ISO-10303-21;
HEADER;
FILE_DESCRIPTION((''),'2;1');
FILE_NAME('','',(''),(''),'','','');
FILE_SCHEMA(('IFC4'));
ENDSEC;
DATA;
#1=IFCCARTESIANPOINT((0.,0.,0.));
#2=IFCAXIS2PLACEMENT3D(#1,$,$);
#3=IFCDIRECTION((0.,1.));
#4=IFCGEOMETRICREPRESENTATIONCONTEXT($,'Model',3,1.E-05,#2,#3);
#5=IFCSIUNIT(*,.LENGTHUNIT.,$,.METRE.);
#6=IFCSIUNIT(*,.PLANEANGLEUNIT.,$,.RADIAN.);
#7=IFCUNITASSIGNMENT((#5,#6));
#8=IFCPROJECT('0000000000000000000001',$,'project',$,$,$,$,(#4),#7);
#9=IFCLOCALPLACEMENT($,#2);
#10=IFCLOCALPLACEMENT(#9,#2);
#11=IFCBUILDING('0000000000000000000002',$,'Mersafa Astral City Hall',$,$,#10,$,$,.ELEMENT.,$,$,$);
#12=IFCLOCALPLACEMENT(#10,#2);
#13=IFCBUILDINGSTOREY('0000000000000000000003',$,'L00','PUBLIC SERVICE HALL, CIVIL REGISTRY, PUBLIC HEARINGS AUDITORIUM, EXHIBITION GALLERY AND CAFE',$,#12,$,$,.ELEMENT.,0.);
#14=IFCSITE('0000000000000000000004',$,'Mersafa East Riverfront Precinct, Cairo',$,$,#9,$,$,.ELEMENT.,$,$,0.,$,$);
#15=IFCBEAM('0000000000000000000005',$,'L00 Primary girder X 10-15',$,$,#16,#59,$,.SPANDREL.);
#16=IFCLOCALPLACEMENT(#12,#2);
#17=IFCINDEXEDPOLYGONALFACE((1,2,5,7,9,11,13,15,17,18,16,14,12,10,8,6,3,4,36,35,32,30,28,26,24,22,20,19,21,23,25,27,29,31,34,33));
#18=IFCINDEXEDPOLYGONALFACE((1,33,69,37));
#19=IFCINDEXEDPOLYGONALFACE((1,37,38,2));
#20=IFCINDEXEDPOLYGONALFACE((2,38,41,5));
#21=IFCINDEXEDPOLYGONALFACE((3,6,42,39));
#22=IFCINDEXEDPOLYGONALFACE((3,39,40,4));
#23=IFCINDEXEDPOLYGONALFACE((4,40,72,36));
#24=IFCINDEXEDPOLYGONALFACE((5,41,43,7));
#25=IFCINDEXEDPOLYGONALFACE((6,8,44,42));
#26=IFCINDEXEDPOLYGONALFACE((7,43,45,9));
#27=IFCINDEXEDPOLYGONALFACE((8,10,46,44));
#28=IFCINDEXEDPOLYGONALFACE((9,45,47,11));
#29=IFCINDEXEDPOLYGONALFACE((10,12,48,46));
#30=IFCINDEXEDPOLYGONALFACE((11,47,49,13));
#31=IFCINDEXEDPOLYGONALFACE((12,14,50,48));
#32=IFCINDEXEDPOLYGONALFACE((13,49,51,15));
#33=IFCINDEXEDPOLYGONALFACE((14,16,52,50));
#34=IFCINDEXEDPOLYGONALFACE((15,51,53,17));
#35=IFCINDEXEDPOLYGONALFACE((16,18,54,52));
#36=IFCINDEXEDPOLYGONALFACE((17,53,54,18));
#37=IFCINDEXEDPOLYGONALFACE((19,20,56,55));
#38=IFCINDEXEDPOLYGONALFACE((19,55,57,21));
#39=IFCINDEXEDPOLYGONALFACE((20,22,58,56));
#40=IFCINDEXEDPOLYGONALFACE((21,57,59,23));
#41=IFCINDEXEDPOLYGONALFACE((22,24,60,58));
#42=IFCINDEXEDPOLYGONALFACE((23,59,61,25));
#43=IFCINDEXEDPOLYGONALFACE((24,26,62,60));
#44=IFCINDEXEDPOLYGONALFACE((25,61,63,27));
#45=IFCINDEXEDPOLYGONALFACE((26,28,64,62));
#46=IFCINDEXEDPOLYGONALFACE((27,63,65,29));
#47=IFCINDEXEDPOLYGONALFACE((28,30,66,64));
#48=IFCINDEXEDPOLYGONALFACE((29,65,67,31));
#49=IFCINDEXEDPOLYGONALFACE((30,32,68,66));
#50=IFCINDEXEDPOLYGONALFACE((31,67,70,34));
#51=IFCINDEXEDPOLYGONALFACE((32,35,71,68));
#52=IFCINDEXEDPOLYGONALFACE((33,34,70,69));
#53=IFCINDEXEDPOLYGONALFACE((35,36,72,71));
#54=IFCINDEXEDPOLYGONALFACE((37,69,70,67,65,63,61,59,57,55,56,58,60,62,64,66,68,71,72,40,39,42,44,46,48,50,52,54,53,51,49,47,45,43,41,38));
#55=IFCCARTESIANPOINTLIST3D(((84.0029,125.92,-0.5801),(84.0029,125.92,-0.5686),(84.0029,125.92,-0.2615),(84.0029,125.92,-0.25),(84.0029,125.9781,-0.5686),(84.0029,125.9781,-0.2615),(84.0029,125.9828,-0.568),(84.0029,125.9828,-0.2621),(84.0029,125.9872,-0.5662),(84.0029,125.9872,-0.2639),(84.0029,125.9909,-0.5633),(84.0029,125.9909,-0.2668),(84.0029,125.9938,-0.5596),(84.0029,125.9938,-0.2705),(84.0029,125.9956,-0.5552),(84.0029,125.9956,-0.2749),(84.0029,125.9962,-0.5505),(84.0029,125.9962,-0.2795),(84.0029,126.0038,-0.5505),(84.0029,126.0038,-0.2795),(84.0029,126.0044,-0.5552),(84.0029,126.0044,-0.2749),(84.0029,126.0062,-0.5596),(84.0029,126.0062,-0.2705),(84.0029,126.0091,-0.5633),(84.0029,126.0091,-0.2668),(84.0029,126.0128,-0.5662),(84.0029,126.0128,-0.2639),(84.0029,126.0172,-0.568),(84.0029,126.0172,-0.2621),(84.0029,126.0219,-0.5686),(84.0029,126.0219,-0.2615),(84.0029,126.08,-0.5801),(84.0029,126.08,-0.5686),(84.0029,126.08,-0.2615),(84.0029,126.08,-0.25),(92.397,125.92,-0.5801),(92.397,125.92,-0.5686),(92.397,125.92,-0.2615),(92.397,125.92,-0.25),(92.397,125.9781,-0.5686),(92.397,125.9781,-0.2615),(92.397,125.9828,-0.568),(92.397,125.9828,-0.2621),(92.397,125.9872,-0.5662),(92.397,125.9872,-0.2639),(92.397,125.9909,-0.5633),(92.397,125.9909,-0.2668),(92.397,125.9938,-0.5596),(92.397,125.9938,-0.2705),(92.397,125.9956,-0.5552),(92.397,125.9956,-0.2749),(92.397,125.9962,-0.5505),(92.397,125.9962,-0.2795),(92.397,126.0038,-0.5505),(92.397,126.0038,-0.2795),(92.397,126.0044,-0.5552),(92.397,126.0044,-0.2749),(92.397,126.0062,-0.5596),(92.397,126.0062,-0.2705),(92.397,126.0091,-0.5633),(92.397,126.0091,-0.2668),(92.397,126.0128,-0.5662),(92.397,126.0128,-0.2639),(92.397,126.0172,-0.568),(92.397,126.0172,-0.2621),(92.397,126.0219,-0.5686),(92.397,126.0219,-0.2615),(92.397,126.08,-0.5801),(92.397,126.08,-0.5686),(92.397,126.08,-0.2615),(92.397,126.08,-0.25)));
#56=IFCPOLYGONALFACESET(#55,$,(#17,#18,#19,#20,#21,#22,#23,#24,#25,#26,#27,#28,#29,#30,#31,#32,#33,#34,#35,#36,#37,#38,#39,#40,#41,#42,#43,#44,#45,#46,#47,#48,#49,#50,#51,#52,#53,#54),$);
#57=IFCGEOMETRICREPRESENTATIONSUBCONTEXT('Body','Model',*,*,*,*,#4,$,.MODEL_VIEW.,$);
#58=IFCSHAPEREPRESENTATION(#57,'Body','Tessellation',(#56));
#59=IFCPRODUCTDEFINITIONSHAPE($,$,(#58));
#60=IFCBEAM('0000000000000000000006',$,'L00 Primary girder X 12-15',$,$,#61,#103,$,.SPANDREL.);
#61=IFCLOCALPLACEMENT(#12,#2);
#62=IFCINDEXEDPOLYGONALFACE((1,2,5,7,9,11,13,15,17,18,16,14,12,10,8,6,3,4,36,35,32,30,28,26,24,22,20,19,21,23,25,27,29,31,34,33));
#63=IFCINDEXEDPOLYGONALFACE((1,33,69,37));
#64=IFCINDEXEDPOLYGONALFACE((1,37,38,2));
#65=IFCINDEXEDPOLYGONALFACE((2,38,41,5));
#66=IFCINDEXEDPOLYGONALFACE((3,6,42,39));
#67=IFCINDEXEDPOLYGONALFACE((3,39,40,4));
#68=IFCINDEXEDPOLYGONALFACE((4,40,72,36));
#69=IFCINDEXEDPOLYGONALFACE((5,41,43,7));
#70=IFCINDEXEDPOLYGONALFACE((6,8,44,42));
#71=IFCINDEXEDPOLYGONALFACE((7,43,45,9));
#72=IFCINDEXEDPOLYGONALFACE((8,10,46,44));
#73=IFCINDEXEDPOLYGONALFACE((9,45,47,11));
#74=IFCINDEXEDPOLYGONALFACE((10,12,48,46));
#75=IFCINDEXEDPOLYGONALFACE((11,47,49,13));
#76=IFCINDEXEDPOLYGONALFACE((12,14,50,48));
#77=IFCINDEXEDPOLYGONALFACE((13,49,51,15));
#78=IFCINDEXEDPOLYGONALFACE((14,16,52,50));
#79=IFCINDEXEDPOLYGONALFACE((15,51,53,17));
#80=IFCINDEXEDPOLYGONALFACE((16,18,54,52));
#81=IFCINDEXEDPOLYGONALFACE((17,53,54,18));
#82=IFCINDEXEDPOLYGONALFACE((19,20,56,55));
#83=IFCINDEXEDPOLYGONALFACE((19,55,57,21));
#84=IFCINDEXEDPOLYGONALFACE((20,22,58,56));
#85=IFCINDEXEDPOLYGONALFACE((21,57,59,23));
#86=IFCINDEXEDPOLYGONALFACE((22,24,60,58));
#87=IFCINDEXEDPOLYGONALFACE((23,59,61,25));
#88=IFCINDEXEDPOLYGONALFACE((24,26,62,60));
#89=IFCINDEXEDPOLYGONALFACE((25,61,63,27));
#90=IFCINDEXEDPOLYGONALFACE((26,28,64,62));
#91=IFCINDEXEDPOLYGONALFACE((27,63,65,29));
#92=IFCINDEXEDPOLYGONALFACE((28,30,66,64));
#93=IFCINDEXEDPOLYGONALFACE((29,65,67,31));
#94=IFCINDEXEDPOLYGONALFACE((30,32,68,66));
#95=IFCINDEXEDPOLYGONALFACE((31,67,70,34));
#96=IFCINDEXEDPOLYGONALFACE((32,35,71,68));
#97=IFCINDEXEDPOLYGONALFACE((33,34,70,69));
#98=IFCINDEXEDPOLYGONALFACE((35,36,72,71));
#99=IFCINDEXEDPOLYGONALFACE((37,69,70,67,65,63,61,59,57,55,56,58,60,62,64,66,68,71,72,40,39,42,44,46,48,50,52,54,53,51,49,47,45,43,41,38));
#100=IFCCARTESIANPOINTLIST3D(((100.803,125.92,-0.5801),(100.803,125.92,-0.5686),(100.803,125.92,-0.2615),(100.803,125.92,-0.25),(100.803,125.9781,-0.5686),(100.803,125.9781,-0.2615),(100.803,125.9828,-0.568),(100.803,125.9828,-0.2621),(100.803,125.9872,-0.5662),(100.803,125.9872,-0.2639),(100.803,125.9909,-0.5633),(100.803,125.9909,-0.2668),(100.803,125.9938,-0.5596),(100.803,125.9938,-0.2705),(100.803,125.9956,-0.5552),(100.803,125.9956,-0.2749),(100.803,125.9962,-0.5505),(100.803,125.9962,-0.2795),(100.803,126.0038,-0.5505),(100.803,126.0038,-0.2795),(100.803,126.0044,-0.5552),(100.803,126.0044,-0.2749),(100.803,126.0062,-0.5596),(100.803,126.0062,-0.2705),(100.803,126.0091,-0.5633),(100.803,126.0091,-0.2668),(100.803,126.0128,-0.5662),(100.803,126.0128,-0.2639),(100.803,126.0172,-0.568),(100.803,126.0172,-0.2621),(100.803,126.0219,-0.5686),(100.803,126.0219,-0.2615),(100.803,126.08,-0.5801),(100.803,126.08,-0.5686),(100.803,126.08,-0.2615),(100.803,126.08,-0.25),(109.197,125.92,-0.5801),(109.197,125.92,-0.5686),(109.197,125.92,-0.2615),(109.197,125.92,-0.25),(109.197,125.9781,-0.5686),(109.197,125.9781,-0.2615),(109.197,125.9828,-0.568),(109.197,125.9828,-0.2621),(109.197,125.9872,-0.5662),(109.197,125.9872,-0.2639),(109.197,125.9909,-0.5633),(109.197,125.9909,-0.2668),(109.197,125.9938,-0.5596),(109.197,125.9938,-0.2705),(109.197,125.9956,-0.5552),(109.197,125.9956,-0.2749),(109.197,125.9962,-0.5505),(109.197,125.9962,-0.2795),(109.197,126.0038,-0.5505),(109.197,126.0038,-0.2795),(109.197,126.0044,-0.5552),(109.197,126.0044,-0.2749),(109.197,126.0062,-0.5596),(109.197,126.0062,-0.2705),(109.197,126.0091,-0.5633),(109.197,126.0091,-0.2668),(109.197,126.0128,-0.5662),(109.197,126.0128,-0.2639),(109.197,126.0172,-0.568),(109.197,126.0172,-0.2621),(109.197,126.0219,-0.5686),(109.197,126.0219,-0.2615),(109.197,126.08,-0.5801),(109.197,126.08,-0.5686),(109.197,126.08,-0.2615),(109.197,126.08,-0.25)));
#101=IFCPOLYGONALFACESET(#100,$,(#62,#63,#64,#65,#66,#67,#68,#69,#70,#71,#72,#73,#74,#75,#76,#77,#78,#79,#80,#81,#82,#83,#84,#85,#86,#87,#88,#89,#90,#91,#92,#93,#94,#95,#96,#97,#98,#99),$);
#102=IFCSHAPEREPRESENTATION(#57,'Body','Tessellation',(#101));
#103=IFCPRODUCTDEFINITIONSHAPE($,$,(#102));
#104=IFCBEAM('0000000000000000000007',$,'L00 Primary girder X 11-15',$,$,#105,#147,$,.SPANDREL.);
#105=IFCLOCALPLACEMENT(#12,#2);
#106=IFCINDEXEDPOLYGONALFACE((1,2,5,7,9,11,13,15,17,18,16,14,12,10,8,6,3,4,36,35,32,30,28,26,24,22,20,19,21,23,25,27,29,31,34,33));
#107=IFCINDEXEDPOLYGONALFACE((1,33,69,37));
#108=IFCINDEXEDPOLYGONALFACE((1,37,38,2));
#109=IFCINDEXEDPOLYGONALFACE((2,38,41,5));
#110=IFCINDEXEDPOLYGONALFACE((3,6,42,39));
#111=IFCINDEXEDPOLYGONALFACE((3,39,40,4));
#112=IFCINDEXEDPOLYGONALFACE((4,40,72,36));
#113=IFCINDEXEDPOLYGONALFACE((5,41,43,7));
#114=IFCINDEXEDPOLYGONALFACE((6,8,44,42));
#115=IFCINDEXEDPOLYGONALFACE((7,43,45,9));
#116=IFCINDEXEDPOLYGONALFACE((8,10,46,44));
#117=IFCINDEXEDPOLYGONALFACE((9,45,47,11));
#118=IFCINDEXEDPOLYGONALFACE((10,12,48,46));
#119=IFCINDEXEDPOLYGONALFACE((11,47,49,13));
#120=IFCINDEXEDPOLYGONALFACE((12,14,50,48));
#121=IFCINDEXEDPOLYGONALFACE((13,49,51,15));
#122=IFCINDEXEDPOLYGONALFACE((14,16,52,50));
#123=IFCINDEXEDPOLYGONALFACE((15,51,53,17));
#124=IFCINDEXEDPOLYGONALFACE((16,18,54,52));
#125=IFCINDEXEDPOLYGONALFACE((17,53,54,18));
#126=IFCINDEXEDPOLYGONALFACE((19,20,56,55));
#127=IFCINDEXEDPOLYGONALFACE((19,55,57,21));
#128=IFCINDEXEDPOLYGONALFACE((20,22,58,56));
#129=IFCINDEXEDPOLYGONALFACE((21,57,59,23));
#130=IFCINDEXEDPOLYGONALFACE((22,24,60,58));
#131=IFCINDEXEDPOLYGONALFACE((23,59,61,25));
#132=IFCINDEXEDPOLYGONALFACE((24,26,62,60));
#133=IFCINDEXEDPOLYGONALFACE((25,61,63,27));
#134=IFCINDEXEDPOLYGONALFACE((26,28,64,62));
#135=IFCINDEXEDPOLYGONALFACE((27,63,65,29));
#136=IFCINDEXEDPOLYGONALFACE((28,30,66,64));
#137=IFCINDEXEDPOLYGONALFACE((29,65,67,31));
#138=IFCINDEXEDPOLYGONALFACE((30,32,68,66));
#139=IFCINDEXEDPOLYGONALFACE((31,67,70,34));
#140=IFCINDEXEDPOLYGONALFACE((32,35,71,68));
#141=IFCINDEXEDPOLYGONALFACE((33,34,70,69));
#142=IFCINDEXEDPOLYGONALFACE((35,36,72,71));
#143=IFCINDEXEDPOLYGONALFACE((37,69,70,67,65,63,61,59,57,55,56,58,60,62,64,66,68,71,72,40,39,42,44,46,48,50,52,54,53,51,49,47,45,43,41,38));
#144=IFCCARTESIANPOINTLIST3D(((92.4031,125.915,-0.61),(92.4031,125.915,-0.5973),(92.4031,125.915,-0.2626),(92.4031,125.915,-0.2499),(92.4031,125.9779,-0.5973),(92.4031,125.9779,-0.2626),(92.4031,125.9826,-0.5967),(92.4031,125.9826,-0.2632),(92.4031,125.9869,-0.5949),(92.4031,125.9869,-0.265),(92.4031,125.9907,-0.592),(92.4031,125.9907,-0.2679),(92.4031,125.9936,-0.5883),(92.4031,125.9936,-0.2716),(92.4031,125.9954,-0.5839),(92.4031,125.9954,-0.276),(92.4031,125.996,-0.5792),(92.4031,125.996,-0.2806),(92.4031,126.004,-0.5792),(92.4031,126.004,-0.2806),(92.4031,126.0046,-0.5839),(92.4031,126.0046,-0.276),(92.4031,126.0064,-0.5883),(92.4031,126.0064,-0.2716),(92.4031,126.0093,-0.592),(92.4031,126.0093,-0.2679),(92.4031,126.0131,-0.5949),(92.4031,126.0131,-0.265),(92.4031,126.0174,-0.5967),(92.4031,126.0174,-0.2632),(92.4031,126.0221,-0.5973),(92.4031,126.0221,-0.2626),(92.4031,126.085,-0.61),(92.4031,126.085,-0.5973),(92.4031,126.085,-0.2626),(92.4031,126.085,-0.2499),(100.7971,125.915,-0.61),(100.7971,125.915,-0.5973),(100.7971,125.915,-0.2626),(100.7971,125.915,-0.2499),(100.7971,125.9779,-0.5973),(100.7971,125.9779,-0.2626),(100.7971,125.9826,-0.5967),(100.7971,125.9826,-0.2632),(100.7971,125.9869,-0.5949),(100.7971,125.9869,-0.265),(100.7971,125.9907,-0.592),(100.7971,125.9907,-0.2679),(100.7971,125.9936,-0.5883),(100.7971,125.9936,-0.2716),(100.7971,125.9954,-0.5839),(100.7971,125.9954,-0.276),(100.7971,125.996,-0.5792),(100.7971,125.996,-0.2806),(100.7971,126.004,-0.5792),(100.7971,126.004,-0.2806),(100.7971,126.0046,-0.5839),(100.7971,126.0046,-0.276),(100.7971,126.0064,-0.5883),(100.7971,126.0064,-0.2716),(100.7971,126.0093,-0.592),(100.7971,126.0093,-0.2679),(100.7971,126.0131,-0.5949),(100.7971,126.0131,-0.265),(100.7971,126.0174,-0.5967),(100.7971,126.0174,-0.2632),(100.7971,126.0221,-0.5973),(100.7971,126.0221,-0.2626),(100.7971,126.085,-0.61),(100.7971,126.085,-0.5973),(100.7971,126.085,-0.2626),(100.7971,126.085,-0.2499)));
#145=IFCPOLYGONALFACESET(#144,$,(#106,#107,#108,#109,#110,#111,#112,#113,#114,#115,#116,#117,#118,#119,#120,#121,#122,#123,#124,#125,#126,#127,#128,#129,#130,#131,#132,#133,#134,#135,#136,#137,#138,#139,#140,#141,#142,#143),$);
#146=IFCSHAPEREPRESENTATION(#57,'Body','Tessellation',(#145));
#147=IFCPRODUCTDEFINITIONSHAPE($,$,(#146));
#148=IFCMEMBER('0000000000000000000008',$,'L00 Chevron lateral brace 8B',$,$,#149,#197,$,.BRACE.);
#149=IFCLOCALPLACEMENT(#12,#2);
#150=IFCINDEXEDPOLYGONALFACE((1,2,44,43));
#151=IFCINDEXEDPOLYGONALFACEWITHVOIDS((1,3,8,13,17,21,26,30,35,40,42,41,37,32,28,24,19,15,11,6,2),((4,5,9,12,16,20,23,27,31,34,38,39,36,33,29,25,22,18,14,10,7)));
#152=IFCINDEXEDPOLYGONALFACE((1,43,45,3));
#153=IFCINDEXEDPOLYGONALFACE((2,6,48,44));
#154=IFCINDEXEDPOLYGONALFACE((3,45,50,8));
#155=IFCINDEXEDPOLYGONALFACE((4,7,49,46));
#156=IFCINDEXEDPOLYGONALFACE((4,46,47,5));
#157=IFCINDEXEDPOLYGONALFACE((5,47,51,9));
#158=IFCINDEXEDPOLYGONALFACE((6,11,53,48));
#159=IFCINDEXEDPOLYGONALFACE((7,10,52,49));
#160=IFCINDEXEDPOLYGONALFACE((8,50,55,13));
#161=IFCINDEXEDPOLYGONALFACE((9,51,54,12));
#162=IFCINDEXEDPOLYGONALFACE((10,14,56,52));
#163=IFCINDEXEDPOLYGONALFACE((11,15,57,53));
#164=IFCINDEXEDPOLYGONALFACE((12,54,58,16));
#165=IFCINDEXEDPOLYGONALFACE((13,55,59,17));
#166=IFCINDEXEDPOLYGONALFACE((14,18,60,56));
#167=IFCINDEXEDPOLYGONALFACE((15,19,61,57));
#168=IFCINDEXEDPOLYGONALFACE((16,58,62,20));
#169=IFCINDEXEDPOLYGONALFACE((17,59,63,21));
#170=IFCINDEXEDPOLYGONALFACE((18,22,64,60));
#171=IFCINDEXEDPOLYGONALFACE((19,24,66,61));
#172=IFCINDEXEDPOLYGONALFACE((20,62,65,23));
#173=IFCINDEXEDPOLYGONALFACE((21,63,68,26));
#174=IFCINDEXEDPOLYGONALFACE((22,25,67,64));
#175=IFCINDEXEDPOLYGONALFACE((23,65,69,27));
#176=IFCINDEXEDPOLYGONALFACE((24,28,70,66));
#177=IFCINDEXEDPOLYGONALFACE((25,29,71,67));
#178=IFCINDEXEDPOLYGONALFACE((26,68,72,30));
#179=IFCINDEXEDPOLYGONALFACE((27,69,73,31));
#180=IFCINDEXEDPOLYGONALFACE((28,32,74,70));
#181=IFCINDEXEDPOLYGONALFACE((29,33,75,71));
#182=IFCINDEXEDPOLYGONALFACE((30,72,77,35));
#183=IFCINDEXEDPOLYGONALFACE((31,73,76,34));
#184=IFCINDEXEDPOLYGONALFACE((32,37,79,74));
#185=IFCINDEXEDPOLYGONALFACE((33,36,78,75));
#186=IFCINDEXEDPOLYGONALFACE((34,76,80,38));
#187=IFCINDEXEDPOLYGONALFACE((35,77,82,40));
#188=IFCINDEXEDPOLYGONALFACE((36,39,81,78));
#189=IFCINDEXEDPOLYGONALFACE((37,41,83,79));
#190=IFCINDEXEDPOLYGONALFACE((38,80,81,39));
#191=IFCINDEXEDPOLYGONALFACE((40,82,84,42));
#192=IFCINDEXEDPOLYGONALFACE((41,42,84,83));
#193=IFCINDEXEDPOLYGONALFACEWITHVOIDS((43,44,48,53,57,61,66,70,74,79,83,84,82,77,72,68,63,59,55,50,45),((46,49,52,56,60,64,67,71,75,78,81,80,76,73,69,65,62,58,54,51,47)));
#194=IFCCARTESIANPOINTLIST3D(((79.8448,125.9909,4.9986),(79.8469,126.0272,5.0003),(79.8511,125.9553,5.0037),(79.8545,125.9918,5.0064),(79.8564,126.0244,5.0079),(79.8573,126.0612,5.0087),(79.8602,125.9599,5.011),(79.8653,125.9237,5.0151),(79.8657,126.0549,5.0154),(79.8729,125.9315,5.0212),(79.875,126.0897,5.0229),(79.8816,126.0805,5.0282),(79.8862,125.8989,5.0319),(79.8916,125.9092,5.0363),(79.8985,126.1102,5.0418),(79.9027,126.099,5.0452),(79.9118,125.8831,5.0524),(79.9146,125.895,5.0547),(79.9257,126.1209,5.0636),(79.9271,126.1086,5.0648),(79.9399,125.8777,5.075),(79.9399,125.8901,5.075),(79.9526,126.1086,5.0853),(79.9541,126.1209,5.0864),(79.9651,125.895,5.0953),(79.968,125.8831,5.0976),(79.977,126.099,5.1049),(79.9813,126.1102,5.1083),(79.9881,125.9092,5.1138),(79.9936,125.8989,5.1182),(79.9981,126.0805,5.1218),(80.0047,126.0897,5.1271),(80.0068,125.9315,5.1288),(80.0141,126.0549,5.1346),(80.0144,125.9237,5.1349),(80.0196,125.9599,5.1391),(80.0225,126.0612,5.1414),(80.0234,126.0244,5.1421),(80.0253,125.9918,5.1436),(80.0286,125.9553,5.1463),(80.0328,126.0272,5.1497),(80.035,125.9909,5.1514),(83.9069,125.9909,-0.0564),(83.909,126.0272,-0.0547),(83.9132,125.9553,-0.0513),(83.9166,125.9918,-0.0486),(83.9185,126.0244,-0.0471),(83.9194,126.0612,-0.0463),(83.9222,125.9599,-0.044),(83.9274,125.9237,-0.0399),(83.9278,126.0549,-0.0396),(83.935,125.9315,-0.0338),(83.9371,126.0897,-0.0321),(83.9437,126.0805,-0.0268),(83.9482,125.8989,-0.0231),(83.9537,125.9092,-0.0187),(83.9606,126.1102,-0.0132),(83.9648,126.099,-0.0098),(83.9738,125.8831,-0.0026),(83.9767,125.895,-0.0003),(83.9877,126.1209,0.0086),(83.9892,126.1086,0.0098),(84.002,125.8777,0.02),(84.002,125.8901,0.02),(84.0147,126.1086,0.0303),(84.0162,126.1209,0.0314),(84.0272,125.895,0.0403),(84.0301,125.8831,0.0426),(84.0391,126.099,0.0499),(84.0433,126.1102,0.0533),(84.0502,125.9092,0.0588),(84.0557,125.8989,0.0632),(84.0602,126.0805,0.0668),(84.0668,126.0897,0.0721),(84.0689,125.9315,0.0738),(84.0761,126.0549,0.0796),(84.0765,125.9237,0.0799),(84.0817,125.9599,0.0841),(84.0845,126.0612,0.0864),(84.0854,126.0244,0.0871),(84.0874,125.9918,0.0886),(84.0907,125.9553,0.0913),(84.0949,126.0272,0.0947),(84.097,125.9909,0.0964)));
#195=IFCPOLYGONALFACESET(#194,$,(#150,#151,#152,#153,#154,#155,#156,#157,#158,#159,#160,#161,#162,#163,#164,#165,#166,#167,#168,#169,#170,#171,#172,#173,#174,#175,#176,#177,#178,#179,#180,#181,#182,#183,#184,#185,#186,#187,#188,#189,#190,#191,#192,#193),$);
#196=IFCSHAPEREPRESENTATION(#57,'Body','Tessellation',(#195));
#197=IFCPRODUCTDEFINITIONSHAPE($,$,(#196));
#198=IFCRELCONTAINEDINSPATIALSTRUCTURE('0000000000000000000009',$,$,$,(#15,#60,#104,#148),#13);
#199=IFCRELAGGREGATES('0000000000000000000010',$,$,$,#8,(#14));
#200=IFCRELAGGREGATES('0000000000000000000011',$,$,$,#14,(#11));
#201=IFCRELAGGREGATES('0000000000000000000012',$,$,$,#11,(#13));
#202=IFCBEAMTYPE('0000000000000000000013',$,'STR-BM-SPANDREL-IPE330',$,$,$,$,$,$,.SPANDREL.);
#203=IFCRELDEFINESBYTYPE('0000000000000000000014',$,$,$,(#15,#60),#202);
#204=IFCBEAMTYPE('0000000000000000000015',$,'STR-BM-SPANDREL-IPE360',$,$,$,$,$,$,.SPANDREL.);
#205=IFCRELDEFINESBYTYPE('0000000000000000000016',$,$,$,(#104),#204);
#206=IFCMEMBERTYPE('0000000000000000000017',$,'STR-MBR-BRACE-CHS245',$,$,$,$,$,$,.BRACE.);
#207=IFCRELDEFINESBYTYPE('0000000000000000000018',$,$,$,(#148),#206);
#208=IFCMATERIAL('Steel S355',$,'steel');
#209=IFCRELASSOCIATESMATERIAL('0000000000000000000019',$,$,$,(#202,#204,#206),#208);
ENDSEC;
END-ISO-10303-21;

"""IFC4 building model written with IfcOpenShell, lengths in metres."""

from ifc_helpers import new_model, si_unit, direction, frame, origin, origin_2d, place, context, subcontext, project, spatial, hollow_circle, i_section, extrude, material, material_profile, profile_set, type_object, element, save


model = new_model("IFC4")

# Units and contexts
model_context = context("Model", 3, precision=1e-05, world=origin(), true_north=direction((0.0, 1.0)))
body_context = subcontext(model_context, "Body", "Model", "MODEL_VIEW")
ifc_project = project(units=[si_unit("LENGTHUNIT", "METRE"), si_unit("PLANEANGLEUNIT", "RADIAN")], contexts=[model_context])

# Site, building, storey
site_placement = place(None, origin())
site = spatial("IfcSite", under=ifc_project, at=site_placement, Name="Mersafa East Riverfront Precinct, Cairo", CompositionType="ELEMENT", RefElevation=0.0)
building_placement = place(site_placement, origin())
building = spatial("IfcBuilding", under=site, at=building_placement, Name="Mersafa Astral City Hall", CompositionType="ELEMENT")
storey_placement = place(building_placement, origin())
storey = spatial("IfcBuildingStorey", under=building, at=storey_placement, Name="L00", Description="PUBLIC SERVICE HALL, CIVIL REGISTRY, PUBLIC HEARINGS AUDITORIUM, EXHIBITION GALLERY AND CAFE", CompositionType="ELEMENT", Elevation=0.0)

# Shared definitions
ifc_material_1 = material(Name="Steel S355", Category="steel")

# Beams
ifc_material_profile_1 = material_profile(ifc_material_1, i_section(OverallWidth=0.1599, OverallDepth=0.3301, WebThickness=0.0076, FlangeThickness=0.0115, FilletRadius=0.0181, at=origin_2d()), Name="IPE 330")
ifc_profile_set_1 = profile_set([ifc_material_profile_1], Name="Steel S355")
beam_type_1 = type_object("IfcBeamType", Name="STR-BM-SPANDREL-IPE330", PredefinedType="SPANDREL", material=ifc_profile_set_1)
for number, where, z_axis, x_axis, name in (
    (1, (84.0029, 126.0, -0.415), (1.0, 0.0, 0.0), (0.0, 1.0, 0.0), "L00 Primary girder X 10-15"),
    (2, (100.803, 126.0, -0.415), (1.0, 0.0, 0.0), (0.0, 1.0, 0.0), "L00 Primary girder X 12-15"),
):
    element("IfcBeam", number, at=place(storey_placement, frame(where, z_axis=z_axis, x_axis=x_axis)), inside=storey, type_object=beam_type_1, Name=name, PredefinedType="SPANDREL", context=body_context, shape_type="SweptSolid", body=[
        extrude(i_section(OverallWidth=0.1599, OverallDepth=0.3301, WebThickness=0.0076, FlangeThickness=0.0115, FilletRadius=0.0181, at=origin_2d()), origin(), (0.0, 0.0, 1.0), 8.394),
    ])
ifc_material_profile_2 = material_profile(ifc_material_1, i_section(OverallWidth=0.1699, OverallDepth=0.3601, WebThickness=0.0081, FlangeThickness=0.0127, FilletRadius=0.0181, at=origin_2d()), Name="IPE 360")
ifc_profile_set_2 = profile_set([ifc_material_profile_2], Name="Steel S355")
beam_type_2 = type_object("IfcBeamType", Name="STR-BM-SPANDREL-IPE360", PredefinedType="SPANDREL", material=ifc_profile_set_2)
beam_placement = place(storey_placement, frame((92.4031, 126.0, -0.4299), z_axis=(1.0, 0.0, 0.0), x_axis=(0.0, 1.0, 0.0)))
element("IfcBeam", 3, at=beam_placement, inside=storey, type_object=beam_type_2, Name="L00 Primary girder X 11-15", PredefinedType="SPANDREL", context=body_context, shape_type="SweptSolid", body=[
    extrude(i_section(OverallWidth=0.1699, OverallDepth=0.3601, WebThickness=0.0081, FlangeThickness=0.0127, FilletRadius=0.0181, at=origin_2d()), origin(), (0.0, 0.0, 1.0), 8.394),
])

# Member
ifc_material_profile_3 = material_profile(ifc_material_1, hollow_circle(Radius=0.1223, WallThickness=0.0125, at=origin_2d()), Name="CHS 244.5x12.5")
ifc_profile_set_3 = profile_set([ifc_material_profile_3], Name="Steel S355")
member_type_1 = type_object("IfcMemberType", Name="STR-MBR-BRACE-CHS245", PredefinedType="BRACE", material=ifc_profile_set_3)
member_1_placement = place(storey_placement, frame((84.002, 126.0, 0.02), z_axis=(-0.626392, 0.0, 0.779508), x_axis=(0.0, -1.0, 0.0)))
element("IfcMember", 4, at=member_1_placement, inside=storey, type_object=member_type_1, Name="L00 Chevron lateral brace 8B", PredefinedType="BRACE", context=body_context, shape_type="SweptSolid", body=[
    extrude(hollow_circle(Radius=0.1223, WallThickness=0.0125, at=origin_2d()), origin(), (0.0, 0.0, 1.0), 6.4849),
])

save(model, "model.ifc")
